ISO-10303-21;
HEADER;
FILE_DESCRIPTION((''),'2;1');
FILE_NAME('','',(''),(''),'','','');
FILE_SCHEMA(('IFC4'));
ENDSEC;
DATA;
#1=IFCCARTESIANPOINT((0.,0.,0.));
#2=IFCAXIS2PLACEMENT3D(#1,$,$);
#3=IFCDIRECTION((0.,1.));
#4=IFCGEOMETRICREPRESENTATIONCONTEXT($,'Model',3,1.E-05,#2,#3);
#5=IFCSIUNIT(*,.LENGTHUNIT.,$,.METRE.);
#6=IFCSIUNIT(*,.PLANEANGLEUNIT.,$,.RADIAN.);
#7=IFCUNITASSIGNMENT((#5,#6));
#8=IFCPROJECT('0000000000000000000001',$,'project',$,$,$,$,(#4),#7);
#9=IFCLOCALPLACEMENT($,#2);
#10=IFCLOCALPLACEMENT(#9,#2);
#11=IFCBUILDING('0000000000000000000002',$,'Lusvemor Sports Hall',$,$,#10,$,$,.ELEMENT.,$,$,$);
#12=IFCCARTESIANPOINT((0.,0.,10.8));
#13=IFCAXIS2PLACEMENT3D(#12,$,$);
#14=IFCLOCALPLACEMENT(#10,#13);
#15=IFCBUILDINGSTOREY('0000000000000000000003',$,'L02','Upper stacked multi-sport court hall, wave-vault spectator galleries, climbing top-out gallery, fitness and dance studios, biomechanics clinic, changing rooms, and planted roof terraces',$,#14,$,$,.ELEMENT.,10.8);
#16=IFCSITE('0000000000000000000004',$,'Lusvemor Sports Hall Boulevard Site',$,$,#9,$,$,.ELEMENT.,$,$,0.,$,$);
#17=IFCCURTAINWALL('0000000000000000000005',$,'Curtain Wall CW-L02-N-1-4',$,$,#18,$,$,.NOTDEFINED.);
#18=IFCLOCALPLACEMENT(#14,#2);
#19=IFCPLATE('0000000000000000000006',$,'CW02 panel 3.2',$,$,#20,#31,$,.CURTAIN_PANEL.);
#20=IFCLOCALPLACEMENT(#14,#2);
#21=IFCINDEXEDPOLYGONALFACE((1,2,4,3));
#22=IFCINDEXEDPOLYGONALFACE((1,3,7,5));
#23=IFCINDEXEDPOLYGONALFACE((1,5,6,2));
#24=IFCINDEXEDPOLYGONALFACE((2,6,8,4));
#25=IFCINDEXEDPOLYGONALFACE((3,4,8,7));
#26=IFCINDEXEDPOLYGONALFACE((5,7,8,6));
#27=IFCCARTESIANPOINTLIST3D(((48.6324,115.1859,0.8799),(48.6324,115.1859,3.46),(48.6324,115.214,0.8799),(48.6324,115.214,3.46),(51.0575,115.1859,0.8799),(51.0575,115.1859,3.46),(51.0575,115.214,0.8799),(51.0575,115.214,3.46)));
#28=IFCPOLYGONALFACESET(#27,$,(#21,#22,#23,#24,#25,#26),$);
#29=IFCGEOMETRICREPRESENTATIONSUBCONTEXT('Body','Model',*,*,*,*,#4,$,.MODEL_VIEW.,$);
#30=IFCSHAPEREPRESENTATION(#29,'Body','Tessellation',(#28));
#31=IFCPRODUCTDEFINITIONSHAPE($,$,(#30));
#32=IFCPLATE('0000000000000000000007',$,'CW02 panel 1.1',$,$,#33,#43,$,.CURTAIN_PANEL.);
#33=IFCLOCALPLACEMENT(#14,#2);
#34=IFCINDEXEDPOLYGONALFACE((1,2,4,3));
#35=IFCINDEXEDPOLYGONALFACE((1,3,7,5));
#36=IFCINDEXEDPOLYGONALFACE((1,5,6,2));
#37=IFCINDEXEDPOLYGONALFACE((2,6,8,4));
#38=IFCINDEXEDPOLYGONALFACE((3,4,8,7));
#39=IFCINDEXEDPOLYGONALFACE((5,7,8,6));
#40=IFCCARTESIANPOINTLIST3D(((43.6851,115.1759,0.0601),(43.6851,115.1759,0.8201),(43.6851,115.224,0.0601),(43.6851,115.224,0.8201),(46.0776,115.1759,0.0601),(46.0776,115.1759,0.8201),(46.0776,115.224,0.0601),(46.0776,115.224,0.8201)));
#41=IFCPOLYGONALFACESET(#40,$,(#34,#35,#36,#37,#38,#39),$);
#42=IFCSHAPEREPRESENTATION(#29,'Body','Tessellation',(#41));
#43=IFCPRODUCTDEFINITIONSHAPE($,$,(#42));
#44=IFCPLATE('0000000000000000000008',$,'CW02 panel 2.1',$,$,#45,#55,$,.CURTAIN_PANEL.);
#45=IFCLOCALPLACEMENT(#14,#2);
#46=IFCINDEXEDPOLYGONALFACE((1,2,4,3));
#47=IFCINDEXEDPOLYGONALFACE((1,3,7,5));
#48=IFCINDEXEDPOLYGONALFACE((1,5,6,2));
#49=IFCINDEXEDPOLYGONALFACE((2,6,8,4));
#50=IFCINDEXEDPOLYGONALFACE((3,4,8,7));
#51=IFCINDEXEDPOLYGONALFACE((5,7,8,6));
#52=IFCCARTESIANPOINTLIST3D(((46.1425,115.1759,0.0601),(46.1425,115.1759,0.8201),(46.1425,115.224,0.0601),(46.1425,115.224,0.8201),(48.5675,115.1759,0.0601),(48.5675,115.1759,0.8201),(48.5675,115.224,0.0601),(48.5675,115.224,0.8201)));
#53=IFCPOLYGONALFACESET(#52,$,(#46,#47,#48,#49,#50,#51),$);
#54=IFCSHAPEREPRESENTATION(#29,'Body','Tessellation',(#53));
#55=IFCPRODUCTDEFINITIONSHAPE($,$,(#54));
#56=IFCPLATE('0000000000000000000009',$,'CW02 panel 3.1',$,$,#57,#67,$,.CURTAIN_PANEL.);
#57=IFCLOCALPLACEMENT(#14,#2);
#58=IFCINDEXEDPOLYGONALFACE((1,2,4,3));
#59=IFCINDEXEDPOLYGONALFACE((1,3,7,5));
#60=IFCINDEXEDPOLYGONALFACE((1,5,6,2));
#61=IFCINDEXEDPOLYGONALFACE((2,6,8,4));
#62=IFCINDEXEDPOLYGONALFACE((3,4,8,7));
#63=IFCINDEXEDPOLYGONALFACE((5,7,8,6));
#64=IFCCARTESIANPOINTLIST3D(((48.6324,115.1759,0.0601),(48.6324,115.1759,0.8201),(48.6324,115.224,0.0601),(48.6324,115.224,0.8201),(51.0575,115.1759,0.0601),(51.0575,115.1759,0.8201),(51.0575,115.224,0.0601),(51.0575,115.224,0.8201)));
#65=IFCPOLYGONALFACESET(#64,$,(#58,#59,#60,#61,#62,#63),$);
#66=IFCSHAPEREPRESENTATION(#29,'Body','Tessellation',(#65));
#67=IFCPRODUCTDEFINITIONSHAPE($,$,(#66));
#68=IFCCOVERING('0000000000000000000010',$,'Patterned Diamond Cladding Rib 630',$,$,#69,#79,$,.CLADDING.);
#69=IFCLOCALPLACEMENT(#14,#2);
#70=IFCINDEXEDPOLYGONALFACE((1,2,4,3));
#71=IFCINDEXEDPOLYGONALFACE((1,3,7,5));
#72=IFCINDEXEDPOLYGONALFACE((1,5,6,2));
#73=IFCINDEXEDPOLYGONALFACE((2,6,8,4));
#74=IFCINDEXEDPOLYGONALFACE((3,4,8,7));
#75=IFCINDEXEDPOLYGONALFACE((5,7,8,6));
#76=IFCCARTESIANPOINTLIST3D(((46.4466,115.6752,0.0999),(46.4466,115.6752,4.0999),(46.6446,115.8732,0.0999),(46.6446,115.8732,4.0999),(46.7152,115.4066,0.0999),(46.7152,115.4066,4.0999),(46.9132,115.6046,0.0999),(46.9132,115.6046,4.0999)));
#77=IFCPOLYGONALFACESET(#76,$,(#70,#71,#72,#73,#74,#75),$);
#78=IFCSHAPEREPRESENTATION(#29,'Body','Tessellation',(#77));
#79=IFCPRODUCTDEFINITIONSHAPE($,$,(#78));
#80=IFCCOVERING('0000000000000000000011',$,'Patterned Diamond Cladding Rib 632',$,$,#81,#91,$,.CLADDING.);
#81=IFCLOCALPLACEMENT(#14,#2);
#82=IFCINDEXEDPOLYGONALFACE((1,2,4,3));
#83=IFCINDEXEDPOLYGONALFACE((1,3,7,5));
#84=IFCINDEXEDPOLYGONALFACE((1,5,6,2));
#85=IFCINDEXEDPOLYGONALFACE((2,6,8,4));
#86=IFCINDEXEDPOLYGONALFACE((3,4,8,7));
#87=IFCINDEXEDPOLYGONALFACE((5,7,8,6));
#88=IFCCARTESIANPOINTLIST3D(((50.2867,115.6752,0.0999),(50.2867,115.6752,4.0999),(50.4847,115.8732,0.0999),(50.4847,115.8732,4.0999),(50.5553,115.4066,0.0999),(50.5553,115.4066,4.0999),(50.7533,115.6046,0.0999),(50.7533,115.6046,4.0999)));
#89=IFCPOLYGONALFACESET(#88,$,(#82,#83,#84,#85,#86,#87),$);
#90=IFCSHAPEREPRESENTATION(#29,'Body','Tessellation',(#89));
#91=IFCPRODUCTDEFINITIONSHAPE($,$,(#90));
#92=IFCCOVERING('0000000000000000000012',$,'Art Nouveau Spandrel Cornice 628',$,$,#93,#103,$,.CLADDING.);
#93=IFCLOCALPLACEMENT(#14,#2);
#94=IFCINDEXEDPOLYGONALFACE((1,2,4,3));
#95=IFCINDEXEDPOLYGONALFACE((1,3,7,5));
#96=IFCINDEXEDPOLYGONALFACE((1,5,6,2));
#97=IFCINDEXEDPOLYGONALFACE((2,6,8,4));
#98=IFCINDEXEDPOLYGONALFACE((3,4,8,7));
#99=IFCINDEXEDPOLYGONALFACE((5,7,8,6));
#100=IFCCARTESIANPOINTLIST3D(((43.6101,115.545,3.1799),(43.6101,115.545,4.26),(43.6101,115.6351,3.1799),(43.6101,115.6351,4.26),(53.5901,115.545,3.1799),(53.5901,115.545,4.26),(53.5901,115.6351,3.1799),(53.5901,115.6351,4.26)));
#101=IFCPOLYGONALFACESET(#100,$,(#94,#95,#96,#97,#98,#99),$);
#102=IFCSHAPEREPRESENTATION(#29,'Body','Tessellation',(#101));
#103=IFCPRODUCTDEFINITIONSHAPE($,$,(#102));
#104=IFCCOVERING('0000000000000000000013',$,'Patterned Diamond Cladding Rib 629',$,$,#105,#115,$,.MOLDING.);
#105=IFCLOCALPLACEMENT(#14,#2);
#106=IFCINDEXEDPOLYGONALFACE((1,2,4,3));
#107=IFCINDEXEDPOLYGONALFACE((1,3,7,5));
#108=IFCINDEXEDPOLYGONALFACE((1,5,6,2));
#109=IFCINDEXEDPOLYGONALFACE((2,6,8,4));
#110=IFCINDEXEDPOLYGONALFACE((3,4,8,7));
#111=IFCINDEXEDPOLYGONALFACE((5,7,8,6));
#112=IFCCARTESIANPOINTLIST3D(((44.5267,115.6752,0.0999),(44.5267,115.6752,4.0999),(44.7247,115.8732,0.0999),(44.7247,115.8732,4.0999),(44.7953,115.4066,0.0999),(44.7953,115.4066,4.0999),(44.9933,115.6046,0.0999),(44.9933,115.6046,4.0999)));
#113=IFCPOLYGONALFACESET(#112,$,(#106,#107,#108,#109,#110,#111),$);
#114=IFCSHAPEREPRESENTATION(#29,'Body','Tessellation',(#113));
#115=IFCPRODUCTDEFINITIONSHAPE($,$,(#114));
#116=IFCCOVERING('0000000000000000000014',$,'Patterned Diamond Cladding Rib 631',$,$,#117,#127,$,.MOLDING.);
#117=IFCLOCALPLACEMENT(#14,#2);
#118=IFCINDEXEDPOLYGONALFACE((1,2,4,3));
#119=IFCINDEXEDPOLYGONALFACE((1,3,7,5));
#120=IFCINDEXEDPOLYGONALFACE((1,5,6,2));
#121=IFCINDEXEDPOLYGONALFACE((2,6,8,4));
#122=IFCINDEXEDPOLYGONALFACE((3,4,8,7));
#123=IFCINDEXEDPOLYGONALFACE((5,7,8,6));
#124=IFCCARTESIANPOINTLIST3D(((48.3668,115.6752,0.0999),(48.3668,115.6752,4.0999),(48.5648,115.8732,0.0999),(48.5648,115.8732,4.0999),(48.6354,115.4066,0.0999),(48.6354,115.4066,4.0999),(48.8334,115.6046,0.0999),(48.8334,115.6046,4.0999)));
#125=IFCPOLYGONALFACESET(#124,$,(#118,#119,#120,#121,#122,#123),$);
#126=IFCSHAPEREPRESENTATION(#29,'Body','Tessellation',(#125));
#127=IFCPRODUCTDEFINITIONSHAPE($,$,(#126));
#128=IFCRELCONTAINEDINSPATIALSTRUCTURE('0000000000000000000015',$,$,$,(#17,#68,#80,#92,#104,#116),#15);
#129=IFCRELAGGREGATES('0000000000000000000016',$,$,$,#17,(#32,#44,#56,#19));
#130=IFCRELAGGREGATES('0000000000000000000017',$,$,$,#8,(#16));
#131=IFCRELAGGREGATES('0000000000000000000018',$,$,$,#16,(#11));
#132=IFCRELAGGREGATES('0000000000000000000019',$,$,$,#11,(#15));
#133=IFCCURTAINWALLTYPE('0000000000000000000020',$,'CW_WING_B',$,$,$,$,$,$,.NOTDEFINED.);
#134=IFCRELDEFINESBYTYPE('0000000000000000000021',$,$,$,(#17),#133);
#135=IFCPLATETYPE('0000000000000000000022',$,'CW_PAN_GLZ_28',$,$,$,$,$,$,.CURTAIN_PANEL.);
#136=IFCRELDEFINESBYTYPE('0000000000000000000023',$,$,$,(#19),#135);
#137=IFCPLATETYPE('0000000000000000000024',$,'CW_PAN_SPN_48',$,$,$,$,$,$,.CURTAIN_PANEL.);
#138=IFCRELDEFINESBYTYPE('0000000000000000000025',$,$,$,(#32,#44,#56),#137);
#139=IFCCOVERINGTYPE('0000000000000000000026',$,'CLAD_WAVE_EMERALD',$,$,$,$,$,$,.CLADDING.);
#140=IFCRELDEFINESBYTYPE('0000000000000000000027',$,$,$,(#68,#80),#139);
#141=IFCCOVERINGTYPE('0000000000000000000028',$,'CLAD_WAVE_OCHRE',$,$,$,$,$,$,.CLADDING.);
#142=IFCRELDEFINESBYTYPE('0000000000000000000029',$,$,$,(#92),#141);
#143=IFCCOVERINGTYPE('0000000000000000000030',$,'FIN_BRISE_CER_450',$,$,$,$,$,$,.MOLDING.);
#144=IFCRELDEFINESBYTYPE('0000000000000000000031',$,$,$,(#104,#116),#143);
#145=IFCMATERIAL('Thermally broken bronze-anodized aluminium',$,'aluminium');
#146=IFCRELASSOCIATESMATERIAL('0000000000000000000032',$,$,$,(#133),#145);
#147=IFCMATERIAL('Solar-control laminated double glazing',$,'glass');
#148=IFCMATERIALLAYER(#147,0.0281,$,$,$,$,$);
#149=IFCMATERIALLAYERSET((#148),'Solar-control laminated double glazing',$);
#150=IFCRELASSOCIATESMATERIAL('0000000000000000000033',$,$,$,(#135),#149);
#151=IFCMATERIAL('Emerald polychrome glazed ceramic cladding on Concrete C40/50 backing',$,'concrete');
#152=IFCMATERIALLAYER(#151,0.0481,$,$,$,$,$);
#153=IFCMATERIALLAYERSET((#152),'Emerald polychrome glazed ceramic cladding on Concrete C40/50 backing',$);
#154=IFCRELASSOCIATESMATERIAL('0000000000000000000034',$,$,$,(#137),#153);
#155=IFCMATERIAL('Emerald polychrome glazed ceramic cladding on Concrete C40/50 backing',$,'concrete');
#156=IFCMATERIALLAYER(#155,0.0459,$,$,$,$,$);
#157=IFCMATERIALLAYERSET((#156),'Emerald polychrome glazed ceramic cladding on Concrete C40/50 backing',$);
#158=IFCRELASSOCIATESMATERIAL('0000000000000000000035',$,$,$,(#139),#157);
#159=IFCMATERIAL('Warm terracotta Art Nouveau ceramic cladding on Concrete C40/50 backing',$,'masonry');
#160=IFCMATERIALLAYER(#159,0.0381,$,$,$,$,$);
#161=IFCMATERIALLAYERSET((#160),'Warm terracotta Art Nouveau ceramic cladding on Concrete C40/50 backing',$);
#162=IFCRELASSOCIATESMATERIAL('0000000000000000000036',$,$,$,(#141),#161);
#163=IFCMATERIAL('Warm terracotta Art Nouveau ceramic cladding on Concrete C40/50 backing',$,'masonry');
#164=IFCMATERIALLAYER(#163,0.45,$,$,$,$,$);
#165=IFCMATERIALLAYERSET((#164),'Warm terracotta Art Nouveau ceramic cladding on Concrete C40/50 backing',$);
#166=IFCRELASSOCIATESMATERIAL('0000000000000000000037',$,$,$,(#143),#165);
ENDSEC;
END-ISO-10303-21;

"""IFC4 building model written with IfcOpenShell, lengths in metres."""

from ifc_helpers import new_model, si_unit, direction, frame, origin, origin_2d, place, context, subcontext, project, spatial, rectangle, extrude, material, layer, layer_set, type_object, element, aggregate, save


model = new_model("IFC4")

# Units and contexts
model_context = context("Model", 3, precision=1e-05, world=origin(), true_north=direction((0.0, 1.0)))
body_context = subcontext(model_context, "Body", "Model", "MODEL_VIEW")
ifc_project = project(units=[si_unit("LENGTHUNIT", "METRE"), si_unit("PLANEANGLEUNIT", "RADIAN")], contexts=[model_context])

# Site, building, storey
site_placement = place(None, origin())
site = spatial("IfcSite", under=ifc_project, at=site_placement, Name="Lusvemor Sports Hall Boulevard Site", CompositionType="ELEMENT", RefElevation=0.0)
building_placement = place(site_placement, origin())
building = spatial("IfcBuilding", under=site, at=building_placement, Name="Lusvemor Sports Hall", CompositionType="ELEMENT")
storey_placement = place(building_placement, frame((0.0, 0.0, 10.8)))
storey = spatial("IfcBuildingStorey", under=building, at=storey_placement, Name="L02", Description="Upper stacked multi-sport court hall, wave-vault spectator galleries, climbing top-out gallery, fitness and dance studios, biomechanics clinic, changing rooms, and planted roof terraces", CompositionType="ELEMENT", Elevation=10.8)

# Curtain wall
ifc_material_1 = material(Name="Thermally broken bronze-anodized aluminium", Category="aluminium")
curtain_wall_type = type_object("IfcCurtainWallType", Name="CW_WING_B", PredefinedType="NOTDEFINED", material=ifc_material_1)
curtain_wall_placement = place(storey_placement, origin())
curtain_wall = element("IfcCurtainWall", 1, at=curtain_wall_placement, inside=storey, type_object=curtain_wall_type, Name="Curtain Wall CW-L02-N-1-4", PredefinedType="NOTDEFINED")

# Plates
ifc_material_2 = material(Name="Solar-control laminated double glazing", Category="glass")
ifc_layer_1 = layer(ifc_material_2, 0.0281)
ifc_layer_set_1 = layer_set([ifc_layer_1], Name="Solar-control laminated double glazing")
plate_type_1 = type_object("IfcPlateType", Name="CW_PAN_GLZ_28", PredefinedType="CURTAIN_PANEL", material=ifc_layer_set_1)
plate_1_placement = place(storey_placement, frame((49.845, 115.2, 0.8799), z_axis=(0.0, 0.0, 1.0), x_axis=(1.0, 0.0, 0.0)))
plate_1 = element("IfcPlate", 2, at=plate_1_placement, type_object=plate_type_1, Name="CW02 panel 3.2", PredefinedType="CURTAIN_PANEL", context=body_context, shape_type="SweptSolid", body=[
    extrude(rectangle(XDim=2.425, YDim=0.0281, at=origin_2d()), origin(), (0.0, 0.0, 1.0), 2.5801),
])
ifc_material_3 = material(Name="Emerald polychrome glazed ceramic cladding on Concrete C40/50 backing", Category="concrete")
ifc_layer_2 = layer(ifc_material_3, 0.0481)
ifc_layer_set_2 = layer_set([ifc_layer_2], Name="Emerald polychrome glazed ceramic cladding on Concrete C40/50 backing")
plate_type_2 = type_object("IfcPlateType", Name="CW_PAN_SPN_48", PredefinedType="CURTAIN_PANEL", material=ifc_layer_set_2)
plate_2_placement = place(storey_placement, frame((44.8813, 115.2, 0.0601), z_axis=(0.0, 0.0, 1.0), x_axis=(1.0, 0.0, 0.0)))
plate_2 = element("IfcPlate", 3, at=plate_2_placement, type_object=plate_type_2, Name="CW02 panel 1.1", PredefinedType="CURTAIN_PANEL", context=body_context, shape_type="SweptSolid", body=[
    extrude(rectangle(XDim=2.3926, YDim=0.0481, at=origin_2d()), origin(), (0.0, 0.0, 1.0), 0.76),
])
plate_3_placement = place(storey_placement, frame((47.355, 115.2, 0.0601), z_axis=(0.0, 0.0, 1.0), x_axis=(1.0, 0.0, 0.0)))
plate_3 = element("IfcPlate", 4, at=plate_3_placement, type_object=plate_type_2, Name="CW02 panel 2.1", PredefinedType="CURTAIN_PANEL", context=body_context, shape_type="SweptSolid", body=[
    extrude(rectangle(XDim=2.425, YDim=0.0481, at=origin_2d()), origin(), (0.0, 0.0, 1.0), 0.76),
])
plate_4_placement = place(storey_placement, frame((49.845, 115.2, 0.0601), z_axis=(0.0, 0.0, 1.0), x_axis=(1.0, 0.0, 0.0)))
plate_4 = element("IfcPlate", 5, at=plate_4_placement, type_object=plate_type_2, Name="CW02 panel 3.1", PredefinedType="CURTAIN_PANEL", context=body_context, shape_type="SweptSolid", body=[
    extrude(rectangle(XDim=2.425, YDim=0.0481, at=origin_2d()), origin(), (0.0, 0.0, 1.0), 0.76),
])
aggregate(curtain_wall, [plate_2, plate_3, plate_4, plate_1])

# Coverings
ifc_material_4 = material(Name="Emerald polychrome glazed ceramic cladding on Concrete C40/50 backing", Category="concrete")
ifc_layer_3 = layer(ifc_material_4, 0.0459)
ifc_layer_set_3 = layer_set([ifc_layer_3], Name="Emerald polychrome glazed ceramic cladding on Concrete C40/50 backing")
covering_type_1 = type_object("IfcCoveringType", Name="CLAD_WAVE_EMERALD", PredefinedType="CLADDING", material=ifc_layer_set_3)
for number, where, z_axis, x_axis, name in (
    (6, (46.6799, 115.6399, 0.0999), (0.0, 0.0, 1.0), (0.707107, 0.707107, 0.0), "Patterned Diamond Cladding Rib 630"),
    (7, (50.52, 115.6399, 0.0999), (0.0, 0.0, 1.0), (0.707107, 0.707107, 0.0), "Patterned Diamond Cladding Rib 632"),
):
    element("IfcCovering", number, at=place(storey_placement, frame(where, z_axis=z_axis, x_axis=x_axis)), inside=storey, type_object=covering_type_1, Name=name, PredefinedType="CLADDING", context=body_context, shape_type="SweptSolid", body=[
        extrude(rectangle(XDim=0.28, YDim=0.3799, at=origin_2d()), origin(), (0.0, 0.0, 1.0), 4.0),
    ])
ifc_material_5 = material(Name="Warm terracotta Art Nouveau ceramic cladding on Concrete C40/50 backing", Category="masonry")
ifc_layer_4 = layer(ifc_material_5, 0.0381)
ifc_layer_set_4 = layer_set([ifc_layer_4], Name="Warm terracotta Art Nouveau ceramic cladding on Concrete C40/50 backing")
covering_type_2 = type_object("IfcCoveringType", Name="CLAD_WAVE_OCHRE", PredefinedType="CLADDING", material=ifc_layer_set_4)
covering_placement = place(storey_placement, frame((48.6001, 115.5901, 3.1799), z_axis=(0.0, 0.0, 1.0), x_axis=(1.0, 0.0, 0.0)))
element("IfcCovering", 8, at=covering_placement, inside=storey, type_object=covering_type_2, Name="Art Nouveau Spandrel Cornice 628", PredefinedType="CLADDING", context=body_context, shape_type="SweptSolid", body=[
    extrude(rectangle(XDim=9.98, YDim=0.0901, at=origin_2d()), origin(), (0.0, 0.0, 1.0), 1.0801),
])
ifc_material_6 = material(Name="Warm terracotta Art Nouveau ceramic cladding on Concrete C40/50 backing", Category="masonry")
ifc_layer_5 = layer(ifc_material_6, 0.45)
ifc_layer_set_5 = layer_set([ifc_layer_5], Name="Warm terracotta Art Nouveau ceramic cladding on Concrete C40/50 backing")
covering_type_3 = type_object("IfcCoveringType", Name="FIN_BRISE_CER_450", PredefinedType="MOLDING", material=ifc_layer_set_5)
for number, where, z_axis, x_axis, name in (
    (9, (44.76, 115.6399, 0.0999), (0.0, 0.0, 1.0), (0.707107, 0.707107, 0.0), "Patterned Diamond Cladding Rib 629"),
    (10, (48.6001, 115.6399, 0.0999), (0.0, 0.0, 1.0), (0.707107, 0.707107, 0.0), "Patterned Diamond Cladding Rib 631"),
):
    element("IfcCovering", number, at=place(storey_placement, frame(where, z_axis=z_axis, x_axis=x_axis)), inside=storey, type_object=covering_type_3, Name=name, PredefinedType="MOLDING", context=body_context, shape_type="SweptSolid", body=[
        extrude(rectangle(XDim=0.28, YDim=0.3799, at=origin_2d()), origin(), (0.0, 0.0, 1.0), 4.0),
    ])

save(model, "model.ifc")
